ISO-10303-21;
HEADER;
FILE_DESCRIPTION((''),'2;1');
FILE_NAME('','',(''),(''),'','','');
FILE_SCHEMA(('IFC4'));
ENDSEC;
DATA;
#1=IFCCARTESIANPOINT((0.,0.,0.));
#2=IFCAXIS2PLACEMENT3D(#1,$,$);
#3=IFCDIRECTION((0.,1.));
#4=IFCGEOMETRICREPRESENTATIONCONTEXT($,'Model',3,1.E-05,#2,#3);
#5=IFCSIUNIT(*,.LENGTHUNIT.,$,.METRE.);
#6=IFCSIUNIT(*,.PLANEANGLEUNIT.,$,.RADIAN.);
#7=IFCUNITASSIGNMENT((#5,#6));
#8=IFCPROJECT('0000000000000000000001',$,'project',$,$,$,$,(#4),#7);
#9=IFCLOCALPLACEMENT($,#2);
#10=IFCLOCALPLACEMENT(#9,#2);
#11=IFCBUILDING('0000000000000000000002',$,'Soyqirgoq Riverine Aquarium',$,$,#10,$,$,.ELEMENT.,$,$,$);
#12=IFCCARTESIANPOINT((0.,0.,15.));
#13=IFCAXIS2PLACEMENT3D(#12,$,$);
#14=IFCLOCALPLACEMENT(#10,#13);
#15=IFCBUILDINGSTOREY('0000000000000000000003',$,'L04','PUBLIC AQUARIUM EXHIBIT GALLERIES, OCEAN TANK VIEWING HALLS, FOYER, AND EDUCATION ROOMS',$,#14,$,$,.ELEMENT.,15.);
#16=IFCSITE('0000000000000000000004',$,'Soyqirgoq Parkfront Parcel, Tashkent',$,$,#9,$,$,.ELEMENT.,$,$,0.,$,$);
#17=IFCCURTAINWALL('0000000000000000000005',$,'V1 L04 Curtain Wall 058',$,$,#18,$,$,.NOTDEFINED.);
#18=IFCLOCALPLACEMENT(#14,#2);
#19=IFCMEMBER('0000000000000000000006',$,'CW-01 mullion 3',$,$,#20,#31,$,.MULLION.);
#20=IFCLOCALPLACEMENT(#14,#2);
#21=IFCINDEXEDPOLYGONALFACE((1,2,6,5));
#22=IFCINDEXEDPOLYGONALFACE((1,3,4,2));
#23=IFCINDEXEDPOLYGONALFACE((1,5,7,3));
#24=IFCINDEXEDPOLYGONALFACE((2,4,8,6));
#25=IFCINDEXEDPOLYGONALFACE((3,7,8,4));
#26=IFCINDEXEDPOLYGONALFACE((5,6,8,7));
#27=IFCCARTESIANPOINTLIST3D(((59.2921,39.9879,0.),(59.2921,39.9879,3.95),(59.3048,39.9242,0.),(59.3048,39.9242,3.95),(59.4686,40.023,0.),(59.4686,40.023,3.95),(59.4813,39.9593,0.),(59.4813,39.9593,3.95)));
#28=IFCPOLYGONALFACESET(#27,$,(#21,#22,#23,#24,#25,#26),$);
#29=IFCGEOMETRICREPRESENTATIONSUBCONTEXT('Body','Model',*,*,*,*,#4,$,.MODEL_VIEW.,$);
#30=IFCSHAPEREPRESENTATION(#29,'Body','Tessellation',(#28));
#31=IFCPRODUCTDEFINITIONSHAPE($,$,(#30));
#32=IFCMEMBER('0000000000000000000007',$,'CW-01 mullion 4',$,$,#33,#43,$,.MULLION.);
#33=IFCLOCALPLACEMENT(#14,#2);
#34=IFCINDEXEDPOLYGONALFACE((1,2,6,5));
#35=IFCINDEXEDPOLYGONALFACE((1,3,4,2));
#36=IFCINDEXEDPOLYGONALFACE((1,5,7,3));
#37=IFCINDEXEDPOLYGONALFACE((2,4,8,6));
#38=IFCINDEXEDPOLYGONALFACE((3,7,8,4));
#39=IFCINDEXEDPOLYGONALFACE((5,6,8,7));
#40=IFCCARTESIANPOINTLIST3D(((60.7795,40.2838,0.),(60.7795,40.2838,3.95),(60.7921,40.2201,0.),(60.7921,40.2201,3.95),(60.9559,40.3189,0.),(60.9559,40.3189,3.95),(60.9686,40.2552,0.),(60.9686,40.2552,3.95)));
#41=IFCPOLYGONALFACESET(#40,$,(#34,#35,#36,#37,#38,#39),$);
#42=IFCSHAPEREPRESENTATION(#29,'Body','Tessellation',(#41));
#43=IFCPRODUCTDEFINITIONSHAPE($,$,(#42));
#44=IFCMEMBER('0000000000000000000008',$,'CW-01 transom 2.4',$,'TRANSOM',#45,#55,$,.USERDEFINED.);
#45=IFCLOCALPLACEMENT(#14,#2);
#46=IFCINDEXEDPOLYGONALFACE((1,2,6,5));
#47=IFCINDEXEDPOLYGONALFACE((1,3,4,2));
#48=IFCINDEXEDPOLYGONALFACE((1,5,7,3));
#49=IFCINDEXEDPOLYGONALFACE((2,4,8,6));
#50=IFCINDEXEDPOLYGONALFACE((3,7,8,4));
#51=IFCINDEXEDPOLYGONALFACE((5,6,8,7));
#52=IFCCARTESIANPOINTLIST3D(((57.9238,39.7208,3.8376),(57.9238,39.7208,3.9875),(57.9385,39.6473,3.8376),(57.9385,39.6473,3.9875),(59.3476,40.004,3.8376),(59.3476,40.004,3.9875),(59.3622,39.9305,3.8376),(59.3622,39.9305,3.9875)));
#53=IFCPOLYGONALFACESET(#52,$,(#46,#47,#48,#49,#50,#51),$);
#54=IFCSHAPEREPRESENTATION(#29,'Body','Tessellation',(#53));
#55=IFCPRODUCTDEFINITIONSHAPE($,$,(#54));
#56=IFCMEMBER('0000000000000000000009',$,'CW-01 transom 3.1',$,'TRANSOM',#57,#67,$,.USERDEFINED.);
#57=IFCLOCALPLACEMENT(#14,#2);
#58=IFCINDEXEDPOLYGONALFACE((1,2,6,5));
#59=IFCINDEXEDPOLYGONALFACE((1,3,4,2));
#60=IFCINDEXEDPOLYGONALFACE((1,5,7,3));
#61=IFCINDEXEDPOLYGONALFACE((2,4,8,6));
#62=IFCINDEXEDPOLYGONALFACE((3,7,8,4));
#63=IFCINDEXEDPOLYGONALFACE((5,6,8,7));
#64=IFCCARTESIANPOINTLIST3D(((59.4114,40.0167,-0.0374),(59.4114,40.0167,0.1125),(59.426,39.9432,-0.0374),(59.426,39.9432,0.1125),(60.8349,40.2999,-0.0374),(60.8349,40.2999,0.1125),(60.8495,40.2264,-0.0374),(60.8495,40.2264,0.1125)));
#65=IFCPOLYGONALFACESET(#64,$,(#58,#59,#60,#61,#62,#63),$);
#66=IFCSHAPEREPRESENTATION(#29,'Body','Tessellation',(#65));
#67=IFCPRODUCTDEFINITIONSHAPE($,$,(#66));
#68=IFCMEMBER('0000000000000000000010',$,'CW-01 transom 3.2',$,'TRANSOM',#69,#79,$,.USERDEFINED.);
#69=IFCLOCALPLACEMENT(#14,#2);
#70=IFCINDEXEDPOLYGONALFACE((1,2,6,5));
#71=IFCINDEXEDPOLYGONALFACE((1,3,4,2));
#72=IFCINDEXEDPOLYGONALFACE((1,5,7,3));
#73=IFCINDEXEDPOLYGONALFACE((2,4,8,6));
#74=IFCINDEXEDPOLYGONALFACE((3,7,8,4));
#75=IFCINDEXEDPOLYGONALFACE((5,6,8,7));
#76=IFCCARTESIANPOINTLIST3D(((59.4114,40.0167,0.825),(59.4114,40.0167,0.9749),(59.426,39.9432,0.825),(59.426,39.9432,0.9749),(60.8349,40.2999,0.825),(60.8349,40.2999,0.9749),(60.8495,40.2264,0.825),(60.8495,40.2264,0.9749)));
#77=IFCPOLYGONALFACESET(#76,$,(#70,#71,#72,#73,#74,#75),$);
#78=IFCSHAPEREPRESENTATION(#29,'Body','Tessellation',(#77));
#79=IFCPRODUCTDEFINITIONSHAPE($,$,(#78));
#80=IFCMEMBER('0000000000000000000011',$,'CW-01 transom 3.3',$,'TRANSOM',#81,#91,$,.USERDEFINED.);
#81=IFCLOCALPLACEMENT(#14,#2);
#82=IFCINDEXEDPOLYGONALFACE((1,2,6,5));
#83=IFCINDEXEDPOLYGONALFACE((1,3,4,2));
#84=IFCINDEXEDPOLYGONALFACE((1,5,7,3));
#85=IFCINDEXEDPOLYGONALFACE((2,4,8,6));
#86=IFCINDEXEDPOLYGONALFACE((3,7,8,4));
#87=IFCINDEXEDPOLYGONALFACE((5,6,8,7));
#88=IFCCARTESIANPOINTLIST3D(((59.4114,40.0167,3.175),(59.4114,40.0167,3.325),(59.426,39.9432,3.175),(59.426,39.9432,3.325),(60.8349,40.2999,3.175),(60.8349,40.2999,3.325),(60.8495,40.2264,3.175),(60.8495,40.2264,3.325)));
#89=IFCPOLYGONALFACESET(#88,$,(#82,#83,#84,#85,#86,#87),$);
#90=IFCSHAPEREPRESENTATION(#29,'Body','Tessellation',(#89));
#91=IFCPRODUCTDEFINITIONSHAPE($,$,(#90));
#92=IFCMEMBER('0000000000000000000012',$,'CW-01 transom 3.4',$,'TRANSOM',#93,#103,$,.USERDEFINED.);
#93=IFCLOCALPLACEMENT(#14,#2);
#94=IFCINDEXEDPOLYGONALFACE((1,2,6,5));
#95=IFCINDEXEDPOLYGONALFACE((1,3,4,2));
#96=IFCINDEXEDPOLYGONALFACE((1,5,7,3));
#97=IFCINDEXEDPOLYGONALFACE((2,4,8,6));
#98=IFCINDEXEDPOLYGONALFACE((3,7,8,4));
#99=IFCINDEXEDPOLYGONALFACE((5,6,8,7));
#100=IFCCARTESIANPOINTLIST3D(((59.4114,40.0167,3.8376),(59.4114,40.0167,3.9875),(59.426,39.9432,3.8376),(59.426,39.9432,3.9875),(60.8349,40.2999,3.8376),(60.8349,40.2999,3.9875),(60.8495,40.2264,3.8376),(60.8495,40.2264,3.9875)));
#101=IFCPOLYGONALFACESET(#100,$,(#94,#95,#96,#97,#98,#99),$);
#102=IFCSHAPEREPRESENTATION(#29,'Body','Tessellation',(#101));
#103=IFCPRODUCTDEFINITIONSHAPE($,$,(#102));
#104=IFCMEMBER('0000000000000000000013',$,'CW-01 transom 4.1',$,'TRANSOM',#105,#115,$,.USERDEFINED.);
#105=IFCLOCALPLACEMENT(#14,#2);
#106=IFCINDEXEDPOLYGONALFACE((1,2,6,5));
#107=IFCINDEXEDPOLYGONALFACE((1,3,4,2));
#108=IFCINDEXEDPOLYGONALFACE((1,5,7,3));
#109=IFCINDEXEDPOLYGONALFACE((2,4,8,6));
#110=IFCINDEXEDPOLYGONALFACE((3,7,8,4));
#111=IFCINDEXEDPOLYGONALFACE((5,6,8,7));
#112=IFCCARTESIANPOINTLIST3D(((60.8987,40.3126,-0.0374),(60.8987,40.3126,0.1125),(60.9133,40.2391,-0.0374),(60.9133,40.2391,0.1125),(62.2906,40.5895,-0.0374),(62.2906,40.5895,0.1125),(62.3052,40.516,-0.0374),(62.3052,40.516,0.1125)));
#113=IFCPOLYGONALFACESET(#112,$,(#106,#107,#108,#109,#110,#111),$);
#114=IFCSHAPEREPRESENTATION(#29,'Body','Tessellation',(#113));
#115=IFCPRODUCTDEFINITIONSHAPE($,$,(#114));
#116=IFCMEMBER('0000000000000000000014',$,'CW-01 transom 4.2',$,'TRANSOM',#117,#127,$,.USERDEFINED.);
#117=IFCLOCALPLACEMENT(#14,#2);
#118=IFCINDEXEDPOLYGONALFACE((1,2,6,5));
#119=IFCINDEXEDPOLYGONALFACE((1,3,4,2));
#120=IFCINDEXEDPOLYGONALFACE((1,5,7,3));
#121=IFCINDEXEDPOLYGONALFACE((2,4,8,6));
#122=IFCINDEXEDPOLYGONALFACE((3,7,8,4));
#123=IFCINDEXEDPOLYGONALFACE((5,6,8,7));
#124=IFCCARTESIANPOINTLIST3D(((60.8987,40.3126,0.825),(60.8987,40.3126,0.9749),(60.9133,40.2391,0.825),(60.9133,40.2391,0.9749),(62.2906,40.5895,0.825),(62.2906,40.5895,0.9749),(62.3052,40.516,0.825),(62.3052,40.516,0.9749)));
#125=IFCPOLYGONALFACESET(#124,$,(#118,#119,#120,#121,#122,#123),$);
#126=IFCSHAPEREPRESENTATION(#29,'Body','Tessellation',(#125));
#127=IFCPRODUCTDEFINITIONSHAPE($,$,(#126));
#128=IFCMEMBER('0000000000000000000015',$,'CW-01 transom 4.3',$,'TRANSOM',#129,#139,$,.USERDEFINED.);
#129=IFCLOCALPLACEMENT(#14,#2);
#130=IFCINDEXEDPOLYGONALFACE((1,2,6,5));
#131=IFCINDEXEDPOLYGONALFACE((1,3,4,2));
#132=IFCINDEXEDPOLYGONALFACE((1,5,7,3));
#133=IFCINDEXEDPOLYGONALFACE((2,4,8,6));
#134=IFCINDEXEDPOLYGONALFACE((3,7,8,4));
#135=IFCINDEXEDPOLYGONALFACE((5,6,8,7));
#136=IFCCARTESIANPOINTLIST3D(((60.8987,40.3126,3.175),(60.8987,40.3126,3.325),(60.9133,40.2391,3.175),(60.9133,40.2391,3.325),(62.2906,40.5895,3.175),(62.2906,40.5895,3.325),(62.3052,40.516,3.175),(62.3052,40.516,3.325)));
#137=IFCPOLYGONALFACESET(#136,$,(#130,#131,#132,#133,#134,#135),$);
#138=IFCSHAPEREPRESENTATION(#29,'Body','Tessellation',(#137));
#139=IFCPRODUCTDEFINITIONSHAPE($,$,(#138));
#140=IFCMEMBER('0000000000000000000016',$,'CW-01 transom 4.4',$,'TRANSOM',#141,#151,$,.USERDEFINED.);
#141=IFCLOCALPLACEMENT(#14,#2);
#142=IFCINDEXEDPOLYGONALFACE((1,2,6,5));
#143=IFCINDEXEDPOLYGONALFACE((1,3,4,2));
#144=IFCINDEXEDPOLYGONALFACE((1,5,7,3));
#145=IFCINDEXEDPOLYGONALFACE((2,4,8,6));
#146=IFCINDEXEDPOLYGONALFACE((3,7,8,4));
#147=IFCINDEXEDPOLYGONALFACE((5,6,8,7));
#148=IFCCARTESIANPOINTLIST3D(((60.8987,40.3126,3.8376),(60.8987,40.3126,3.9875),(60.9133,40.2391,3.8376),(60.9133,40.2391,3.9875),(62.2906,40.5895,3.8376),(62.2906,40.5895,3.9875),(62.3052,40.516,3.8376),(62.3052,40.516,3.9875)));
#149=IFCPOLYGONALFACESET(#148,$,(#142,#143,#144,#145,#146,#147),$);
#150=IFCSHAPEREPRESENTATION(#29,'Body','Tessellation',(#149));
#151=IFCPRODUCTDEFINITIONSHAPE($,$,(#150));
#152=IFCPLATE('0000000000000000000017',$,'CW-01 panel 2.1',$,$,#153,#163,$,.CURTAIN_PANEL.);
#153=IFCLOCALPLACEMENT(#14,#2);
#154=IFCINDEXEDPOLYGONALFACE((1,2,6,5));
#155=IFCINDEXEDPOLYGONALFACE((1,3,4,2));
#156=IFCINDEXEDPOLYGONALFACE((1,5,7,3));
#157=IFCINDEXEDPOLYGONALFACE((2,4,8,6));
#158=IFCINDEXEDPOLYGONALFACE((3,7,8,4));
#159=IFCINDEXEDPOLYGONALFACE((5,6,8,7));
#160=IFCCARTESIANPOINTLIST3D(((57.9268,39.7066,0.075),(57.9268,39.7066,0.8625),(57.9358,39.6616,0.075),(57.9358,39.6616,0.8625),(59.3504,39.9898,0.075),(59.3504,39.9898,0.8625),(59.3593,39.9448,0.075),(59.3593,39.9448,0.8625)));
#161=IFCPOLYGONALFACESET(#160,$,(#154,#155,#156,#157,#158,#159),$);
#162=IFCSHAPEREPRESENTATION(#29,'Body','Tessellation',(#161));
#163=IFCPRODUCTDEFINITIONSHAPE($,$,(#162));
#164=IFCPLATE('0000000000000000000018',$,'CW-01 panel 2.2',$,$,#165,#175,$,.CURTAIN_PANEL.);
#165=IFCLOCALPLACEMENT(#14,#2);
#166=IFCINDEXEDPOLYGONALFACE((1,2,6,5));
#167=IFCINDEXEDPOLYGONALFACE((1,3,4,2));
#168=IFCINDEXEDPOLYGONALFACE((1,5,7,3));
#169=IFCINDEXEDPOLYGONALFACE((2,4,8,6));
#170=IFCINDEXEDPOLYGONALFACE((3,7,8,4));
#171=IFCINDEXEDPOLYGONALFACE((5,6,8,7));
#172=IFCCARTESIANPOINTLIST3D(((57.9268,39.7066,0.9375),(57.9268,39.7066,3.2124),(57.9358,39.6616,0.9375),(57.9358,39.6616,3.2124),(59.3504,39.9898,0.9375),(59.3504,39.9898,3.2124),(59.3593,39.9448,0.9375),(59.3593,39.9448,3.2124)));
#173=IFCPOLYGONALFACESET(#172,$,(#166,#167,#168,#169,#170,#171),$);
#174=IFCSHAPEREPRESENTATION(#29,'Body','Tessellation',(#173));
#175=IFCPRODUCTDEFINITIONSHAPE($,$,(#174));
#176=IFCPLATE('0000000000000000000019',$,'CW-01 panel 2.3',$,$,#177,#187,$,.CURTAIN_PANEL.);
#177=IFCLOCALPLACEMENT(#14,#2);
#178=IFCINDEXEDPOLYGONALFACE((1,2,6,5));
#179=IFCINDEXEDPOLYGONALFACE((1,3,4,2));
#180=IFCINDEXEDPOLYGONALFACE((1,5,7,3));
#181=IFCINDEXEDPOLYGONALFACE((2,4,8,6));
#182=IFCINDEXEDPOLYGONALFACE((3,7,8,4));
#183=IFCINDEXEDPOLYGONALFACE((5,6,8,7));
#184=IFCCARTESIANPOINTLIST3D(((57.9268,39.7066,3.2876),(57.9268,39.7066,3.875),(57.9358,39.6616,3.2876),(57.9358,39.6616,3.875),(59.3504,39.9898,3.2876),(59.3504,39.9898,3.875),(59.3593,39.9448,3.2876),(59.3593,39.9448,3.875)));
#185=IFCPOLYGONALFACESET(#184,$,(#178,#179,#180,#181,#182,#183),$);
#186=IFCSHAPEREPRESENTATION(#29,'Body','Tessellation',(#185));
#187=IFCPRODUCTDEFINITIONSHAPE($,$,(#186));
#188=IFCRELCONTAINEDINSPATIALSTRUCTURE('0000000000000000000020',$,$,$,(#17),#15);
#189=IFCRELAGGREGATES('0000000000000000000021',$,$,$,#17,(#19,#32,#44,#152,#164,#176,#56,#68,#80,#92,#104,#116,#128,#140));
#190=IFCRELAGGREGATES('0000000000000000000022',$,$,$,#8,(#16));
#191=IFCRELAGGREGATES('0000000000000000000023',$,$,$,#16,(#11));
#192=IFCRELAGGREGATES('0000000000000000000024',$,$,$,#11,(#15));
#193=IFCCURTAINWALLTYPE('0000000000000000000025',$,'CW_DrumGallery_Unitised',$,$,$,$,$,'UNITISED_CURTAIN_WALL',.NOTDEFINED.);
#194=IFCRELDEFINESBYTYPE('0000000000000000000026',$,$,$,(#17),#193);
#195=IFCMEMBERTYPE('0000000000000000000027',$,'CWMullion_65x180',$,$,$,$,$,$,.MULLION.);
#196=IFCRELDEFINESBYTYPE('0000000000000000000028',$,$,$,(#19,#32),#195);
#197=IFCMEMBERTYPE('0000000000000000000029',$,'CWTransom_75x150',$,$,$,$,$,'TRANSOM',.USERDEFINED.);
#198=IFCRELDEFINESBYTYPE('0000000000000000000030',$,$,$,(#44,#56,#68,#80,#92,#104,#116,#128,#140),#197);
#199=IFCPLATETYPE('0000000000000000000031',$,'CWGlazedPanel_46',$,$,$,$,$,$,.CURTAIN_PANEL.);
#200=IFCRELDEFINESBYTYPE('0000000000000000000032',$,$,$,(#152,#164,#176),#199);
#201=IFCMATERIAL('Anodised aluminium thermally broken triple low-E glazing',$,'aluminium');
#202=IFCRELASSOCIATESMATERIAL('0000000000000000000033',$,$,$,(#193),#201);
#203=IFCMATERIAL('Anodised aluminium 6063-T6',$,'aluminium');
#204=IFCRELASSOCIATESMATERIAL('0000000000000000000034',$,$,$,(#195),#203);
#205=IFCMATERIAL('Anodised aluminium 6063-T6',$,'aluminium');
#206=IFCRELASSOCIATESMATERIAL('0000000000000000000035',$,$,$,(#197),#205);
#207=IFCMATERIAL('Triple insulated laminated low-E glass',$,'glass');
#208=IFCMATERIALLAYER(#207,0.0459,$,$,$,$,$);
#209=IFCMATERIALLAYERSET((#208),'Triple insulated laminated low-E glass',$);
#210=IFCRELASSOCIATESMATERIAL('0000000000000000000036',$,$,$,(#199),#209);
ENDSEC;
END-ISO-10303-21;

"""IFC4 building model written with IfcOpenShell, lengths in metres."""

from ifc_helpers import new_model, si_unit, direction, frame, origin, origin_2d, place, context, subcontext, project, spatial, rectangle, extrude, material, layer, layer_set, material_profile, profile_set, type_object, element, aggregate, save


model = new_model("IFC4")

# Units and contexts
model_context = context("Model", 3, precision=1e-05, world=origin(), true_north=direction((0.0, 1.0)))
body_context = subcontext(model_context, "Body", "Model", "MODEL_VIEW")
ifc_project = project(units=[si_unit("LENGTHUNIT", "METRE"), si_unit("PLANEANGLEUNIT", "RADIAN")], contexts=[model_context])

# Site, building, storey
site_placement = place(None, origin())
site = spatial("IfcSite", under=ifc_project, at=site_placement, Name="Soyqirgoq Parkfront Parcel, Tashkent", CompositionType="ELEMENT", RefElevation=0.0)
building_placement = place(site_placement, origin())
building = spatial("IfcBuilding", under=site, at=building_placement, Name="Soyqirgoq Riverine Aquarium", CompositionType="ELEMENT")
storey_placement = place(building_placement, frame((0.0, 0.0, 15.0)))
storey = spatial("IfcBuildingStorey", under=building, at=storey_placement, Name="L04", Description="PUBLIC AQUARIUM EXHIBIT GALLERIES, OCEAN TANK VIEWING HALLS, FOYER, AND EDUCATION ROOMS", CompositionType="ELEMENT", Elevation=15.0)

# Curtain wall, members, plates
ifc_material_1 = material(Name="Anodised aluminium thermally broken triple low-E glazing", Category="aluminium")
curtain_wall_type = type_object("IfcCurtainWallType", Name="CW_DrumGallery_Unitised", ElementType="UNITISED_CURTAIN_WALL", PredefinedType="NOTDEFINED", material=ifc_material_1)
curtain_wall_placement = place(storey_placement, origin())
curtain_wall = element("IfcCurtainWall", 1, at=curtain_wall_placement, inside=storey, type_object=curtain_wall_type, Name="V1 L04 Curtain Wall 058", PredefinedType="NOTDEFINED")
ifc_material_2 = material(Name="Anodised aluminium 6063-T6", Category="aluminium")
ifc_material_profile_1 = material_profile(ifc_material_2, rectangle(XDim=0.0649, YDim=0.1799, at=origin_2d()), Name="ALU-M 65x180")
ifc_profile_set_1 = profile_set([ifc_material_profile_1], Name="Anodised aluminium 6063-T6")
member_type_1 = type_object("IfcMemberType", Name="CWMullion_65x180", PredefinedType="MULLION", material=ifc_profile_set_1)
member_1_placement = place(storey_placement, frame((59.3867, 39.9736, 0.0), z_axis=(0.0, 0.0, 1.0), x_axis=(-0.195102, 0.980783, 0.0)))
member_1 = element("IfcMember", 2, at=member_1_placement, type_object=member_type_1, Name="CW-01 mullion 3", PredefinedType="MULLION", context=body_context, shape_type="SweptSolid", body=[
    extrude(rectangle(XDim=0.0649, YDim=0.1799, at=origin_2d()), origin(), (0.0, 0.0, 1.0), 3.95),
])
member_2_placement = place(storey_placement, frame((60.874, 40.2695, 0.0), z_axis=(0.0, 0.0, 1.0), x_axis=(-0.195102, 0.980783, 0.0)))
member_2 = element("IfcMember", 3, at=member_2_placement, type_object=member_type_1, Name="CW-01 mullion 4", PredefinedType="MULLION", context=body_context, shape_type="SweptSolid", body=[
    extrude(rectangle(XDim=0.0649, YDim=0.1799, at=origin_2d()), origin(), (0.0, 0.0, 1.0), 3.95),
])
ifc_material_3 = material(Name="Anodised aluminium 6063-T6", Category="aluminium")
ifc_material_profile_2 = material_profile(ifc_material_3, rectangle(XDim=0.075, YDim=0.1499, at=origin_2d()), Name="ALU-T 75x150")
ifc_profile_set_2 = profile_set([ifc_material_profile_2], Name="Anodised aluminium 6063-T6")
member_type_2 = type_object("IfcMemberType", Name="CWTransom_75x150", ElementType="TRANSOM", PredefinedType="USERDEFINED", material=ifc_profile_set_2)
member_3_placement = place(storey_placement, frame((57.9312, 39.6841, 3.9126), z_axis=(0.980787, 0.195081, 0.0), x_axis=(-0.195081, 0.980787, 0.0)))
member_3 = element("IfcMember", 4, at=member_3_placement, type_object=member_type_2, Name="CW-01 transom 2.4", ObjectType="TRANSOM", PredefinedType="USERDEFINED", context=body_context, shape_type="SweptSolid", body=[
    extrude(rectangle(XDim=0.075, YDim=0.1499, at=origin_2d()), origin(), (0.0, 0.0, 1.0), 1.4517),
])
member_4_placement = place(storey_placement, frame((59.4187, 39.98, 0.0376), z_axis=(0.980781, 0.195113, 0.0), x_axis=(-0.195113, 0.980781, 0.0)))
member_4 = element("IfcMember", 5, at=member_4_placement, type_object=member_type_2, Name="CW-01 transom 3.1", ObjectType="TRANSOM", PredefinedType="USERDEFINED", context=body_context, shape_type="SweptSolid", body=[
    extrude(rectangle(XDim=0.075, YDim=0.1499, at=origin_2d()), origin(), (0.0, 0.0, 1.0), 1.4514),
])
member_5_placement = place(storey_placement, frame((59.4187, 39.98, 0.8999), z_axis=(0.980781, 0.195113, 0.0), x_axis=(-0.195113, 0.980781, 0.0)))
member_5 = element("IfcMember", 6, at=member_5_placement, type_object=member_type_2, Name="CW-01 transom 3.2", ObjectType="TRANSOM", PredefinedType="USERDEFINED", context=body_context, shape_type="SweptSolid", body=[
    extrude(rectangle(XDim=0.075, YDim=0.1499, at=origin_2d()), origin(), (0.0, 0.0, 1.0), 1.4514),
])
member_6_placement = place(storey_placement, frame((59.4187, 39.98, 3.25), z_axis=(0.980781, 0.195113, 0.0), x_axis=(-0.195113, 0.980781, 0.0)))
member_6 = element("IfcMember", 7, at=member_6_placement, type_object=member_type_2, Name="CW-01 transom 3.3", ObjectType="TRANSOM", PredefinedType="USERDEFINED", context=body_context, shape_type="SweptSolid", body=[
    extrude(rectangle(XDim=0.075, YDim=0.1499, at=origin_2d()), origin(), (0.0, 0.0, 1.0), 1.4514),
])
member_7_placement = place(storey_placement, frame((59.4187, 39.98, 3.9126), z_axis=(0.980781, 0.195113, 0.0), x_axis=(-0.195113, 0.980781, 0.0)))
member_7 = element("IfcMember", 8, at=member_7_placement, type_object=member_type_2, Name="CW-01 transom 3.4", ObjectType="TRANSOM", PredefinedType="USERDEFINED", context=body_context, shape_type="SweptSolid", body=[
    extrude(rectangle(XDim=0.075, YDim=0.1499, at=origin_2d()), origin(), (0.0, 0.0, 1.0), 1.4514),
])
member_8_placement = place(storey_placement, frame((60.906, 40.2759, 0.0376), z_axis=(0.980785, 0.19509, 0.0), x_axis=(-0.19509, 0.980785, 0.0)))
member_8 = element("IfcMember", 9, at=member_8_placement, type_object=member_type_2, Name="CW-01 transom 4.1", ObjectType="TRANSOM", PredefinedType="USERDEFINED", context=body_context, shape_type="SweptSolid", body=[
    extrude(rectangle(XDim=0.075, YDim=0.1499, at=origin_2d()), origin(), (0.0, 0.0, 1.0), 1.4192),
])
member_9_placement = place(storey_placement, frame((60.906, 40.2759, 0.8999), z_axis=(0.980785, 0.19509, 0.0), x_axis=(-0.19509, 0.980785, 0.0)))
member_9 = element("IfcMember", 10, at=member_9_placement, type_object=member_type_2, Name="CW-01 transom 4.2", ObjectType="TRANSOM", PredefinedType="USERDEFINED", context=body_context, shape_type="SweptSolid", body=[
    extrude(rectangle(XDim=0.075, YDim=0.1499, at=origin_2d()), origin(), (0.0, 0.0, 1.0), 1.4192),
])
member_10_placement = place(storey_placement, frame((60.906, 40.2759, 3.25), z_axis=(0.980785, 0.19509, 0.0), x_axis=(-0.19509, 0.980785, 0.0)))
member_10 = element("IfcMember", 11, at=member_10_placement, type_object=member_type_2, Name="CW-01 transom 4.3", ObjectType="TRANSOM", PredefinedType="USERDEFINED", context=body_context, shape_type="SweptSolid", body=[
    extrude(rectangle(XDim=0.075, YDim=0.1499, at=origin_2d()), origin(), (0.0, 0.0, 1.0), 1.4192),
])
member_11_placement = place(storey_placement, frame((60.906, 40.2759, 3.9126), z_axis=(0.980785, 0.19509, 0.0), x_axis=(-0.19509, 0.980785, 0.0)))
member_11 = element("IfcMember", 12, at=member_11_placement, type_object=member_type_2, Name="CW-01 transom 4.4", ObjectType="TRANSOM", PredefinedType="USERDEFINED", context=body_context, shape_type="SweptSolid", body=[
    extrude(rectangle(XDim=0.075, YDim=0.1499, at=origin_2d()), origin(), (0.0, 0.0, 1.0), 1.4192),
])
ifc_material_4 = material(Name="Triple insulated laminated low-E glass", Category="glass")
ifc_layer_1 = layer(ifc_material_4, 0.0459)
ifc_layer_set_1 = layer_set([ifc_layer_1], Name="Triple insulated laminated low-E glass")
plate_type = type_object("IfcPlateType", Name="CWGlazedPanel_46", PredefinedType="CURTAIN_PANEL", material=ifc_layer_set_1)
plate_1_placement = place(storey_placement, frame((58.6431, 39.8257, 0.075), z_axis=(0.0, 0.0, 1.0), x_axis=(0.980783, 0.195102, 0.0)))
plate_1 = element("IfcPlate", 13, at=plate_1_placement, type_object=plate_type, Name="CW-01 panel 2.1", PredefinedType="CURTAIN_PANEL", context=body_context, shape_type="SweptSolid", body=[
    extrude(rectangle(XDim=1.4514, YDim=0.0459, at=origin_2d()), origin(), (0.0, 0.0, 1.0), 0.7876),
])
plate_2_placement = place(storey_placement, frame((58.6431, 39.8257, 0.9375), z_axis=(0.0, 0.0, 1.0), x_axis=(0.980783, 0.195102, 0.0)))
plate_2 = element("IfcPlate", 14, at=plate_2_placement, type_object=plate_type, Name="CW-01 panel 2.2", PredefinedType="CURTAIN_PANEL", context=body_context, shape_type="SweptSolid", body=[
    extrude(rectangle(XDim=1.4514, YDim=0.0459, at=origin_2d()), origin(), (0.0, 0.0, 1.0), 2.2749),
])
plate_3_placement = place(storey_placement, frame((58.6431, 39.8257, 3.2876), z_axis=(0.0, 0.0, 1.0), x_axis=(0.980783, 0.195102, 0.0)))
plate_3 = element("IfcPlate", 15, at=plate_3_placement, type_object=plate_type, Name="CW-01 panel 2.3", PredefinedType="CURTAIN_PANEL", context=body_context, shape_type="SweptSolid", body=[
    extrude(rectangle(XDim=1.4514, YDim=0.0459, at=origin_2d()), origin(), (0.0, 0.0, 1.0), 0.5874),
])
aggregate(curtain_wall, [member_1, member_2, member_3, plate_1, plate_2, plate_3, member_4, member_5, member_6, member_7, member_8, member_9, member_10, member_11])

save(model, "model.ifc")
